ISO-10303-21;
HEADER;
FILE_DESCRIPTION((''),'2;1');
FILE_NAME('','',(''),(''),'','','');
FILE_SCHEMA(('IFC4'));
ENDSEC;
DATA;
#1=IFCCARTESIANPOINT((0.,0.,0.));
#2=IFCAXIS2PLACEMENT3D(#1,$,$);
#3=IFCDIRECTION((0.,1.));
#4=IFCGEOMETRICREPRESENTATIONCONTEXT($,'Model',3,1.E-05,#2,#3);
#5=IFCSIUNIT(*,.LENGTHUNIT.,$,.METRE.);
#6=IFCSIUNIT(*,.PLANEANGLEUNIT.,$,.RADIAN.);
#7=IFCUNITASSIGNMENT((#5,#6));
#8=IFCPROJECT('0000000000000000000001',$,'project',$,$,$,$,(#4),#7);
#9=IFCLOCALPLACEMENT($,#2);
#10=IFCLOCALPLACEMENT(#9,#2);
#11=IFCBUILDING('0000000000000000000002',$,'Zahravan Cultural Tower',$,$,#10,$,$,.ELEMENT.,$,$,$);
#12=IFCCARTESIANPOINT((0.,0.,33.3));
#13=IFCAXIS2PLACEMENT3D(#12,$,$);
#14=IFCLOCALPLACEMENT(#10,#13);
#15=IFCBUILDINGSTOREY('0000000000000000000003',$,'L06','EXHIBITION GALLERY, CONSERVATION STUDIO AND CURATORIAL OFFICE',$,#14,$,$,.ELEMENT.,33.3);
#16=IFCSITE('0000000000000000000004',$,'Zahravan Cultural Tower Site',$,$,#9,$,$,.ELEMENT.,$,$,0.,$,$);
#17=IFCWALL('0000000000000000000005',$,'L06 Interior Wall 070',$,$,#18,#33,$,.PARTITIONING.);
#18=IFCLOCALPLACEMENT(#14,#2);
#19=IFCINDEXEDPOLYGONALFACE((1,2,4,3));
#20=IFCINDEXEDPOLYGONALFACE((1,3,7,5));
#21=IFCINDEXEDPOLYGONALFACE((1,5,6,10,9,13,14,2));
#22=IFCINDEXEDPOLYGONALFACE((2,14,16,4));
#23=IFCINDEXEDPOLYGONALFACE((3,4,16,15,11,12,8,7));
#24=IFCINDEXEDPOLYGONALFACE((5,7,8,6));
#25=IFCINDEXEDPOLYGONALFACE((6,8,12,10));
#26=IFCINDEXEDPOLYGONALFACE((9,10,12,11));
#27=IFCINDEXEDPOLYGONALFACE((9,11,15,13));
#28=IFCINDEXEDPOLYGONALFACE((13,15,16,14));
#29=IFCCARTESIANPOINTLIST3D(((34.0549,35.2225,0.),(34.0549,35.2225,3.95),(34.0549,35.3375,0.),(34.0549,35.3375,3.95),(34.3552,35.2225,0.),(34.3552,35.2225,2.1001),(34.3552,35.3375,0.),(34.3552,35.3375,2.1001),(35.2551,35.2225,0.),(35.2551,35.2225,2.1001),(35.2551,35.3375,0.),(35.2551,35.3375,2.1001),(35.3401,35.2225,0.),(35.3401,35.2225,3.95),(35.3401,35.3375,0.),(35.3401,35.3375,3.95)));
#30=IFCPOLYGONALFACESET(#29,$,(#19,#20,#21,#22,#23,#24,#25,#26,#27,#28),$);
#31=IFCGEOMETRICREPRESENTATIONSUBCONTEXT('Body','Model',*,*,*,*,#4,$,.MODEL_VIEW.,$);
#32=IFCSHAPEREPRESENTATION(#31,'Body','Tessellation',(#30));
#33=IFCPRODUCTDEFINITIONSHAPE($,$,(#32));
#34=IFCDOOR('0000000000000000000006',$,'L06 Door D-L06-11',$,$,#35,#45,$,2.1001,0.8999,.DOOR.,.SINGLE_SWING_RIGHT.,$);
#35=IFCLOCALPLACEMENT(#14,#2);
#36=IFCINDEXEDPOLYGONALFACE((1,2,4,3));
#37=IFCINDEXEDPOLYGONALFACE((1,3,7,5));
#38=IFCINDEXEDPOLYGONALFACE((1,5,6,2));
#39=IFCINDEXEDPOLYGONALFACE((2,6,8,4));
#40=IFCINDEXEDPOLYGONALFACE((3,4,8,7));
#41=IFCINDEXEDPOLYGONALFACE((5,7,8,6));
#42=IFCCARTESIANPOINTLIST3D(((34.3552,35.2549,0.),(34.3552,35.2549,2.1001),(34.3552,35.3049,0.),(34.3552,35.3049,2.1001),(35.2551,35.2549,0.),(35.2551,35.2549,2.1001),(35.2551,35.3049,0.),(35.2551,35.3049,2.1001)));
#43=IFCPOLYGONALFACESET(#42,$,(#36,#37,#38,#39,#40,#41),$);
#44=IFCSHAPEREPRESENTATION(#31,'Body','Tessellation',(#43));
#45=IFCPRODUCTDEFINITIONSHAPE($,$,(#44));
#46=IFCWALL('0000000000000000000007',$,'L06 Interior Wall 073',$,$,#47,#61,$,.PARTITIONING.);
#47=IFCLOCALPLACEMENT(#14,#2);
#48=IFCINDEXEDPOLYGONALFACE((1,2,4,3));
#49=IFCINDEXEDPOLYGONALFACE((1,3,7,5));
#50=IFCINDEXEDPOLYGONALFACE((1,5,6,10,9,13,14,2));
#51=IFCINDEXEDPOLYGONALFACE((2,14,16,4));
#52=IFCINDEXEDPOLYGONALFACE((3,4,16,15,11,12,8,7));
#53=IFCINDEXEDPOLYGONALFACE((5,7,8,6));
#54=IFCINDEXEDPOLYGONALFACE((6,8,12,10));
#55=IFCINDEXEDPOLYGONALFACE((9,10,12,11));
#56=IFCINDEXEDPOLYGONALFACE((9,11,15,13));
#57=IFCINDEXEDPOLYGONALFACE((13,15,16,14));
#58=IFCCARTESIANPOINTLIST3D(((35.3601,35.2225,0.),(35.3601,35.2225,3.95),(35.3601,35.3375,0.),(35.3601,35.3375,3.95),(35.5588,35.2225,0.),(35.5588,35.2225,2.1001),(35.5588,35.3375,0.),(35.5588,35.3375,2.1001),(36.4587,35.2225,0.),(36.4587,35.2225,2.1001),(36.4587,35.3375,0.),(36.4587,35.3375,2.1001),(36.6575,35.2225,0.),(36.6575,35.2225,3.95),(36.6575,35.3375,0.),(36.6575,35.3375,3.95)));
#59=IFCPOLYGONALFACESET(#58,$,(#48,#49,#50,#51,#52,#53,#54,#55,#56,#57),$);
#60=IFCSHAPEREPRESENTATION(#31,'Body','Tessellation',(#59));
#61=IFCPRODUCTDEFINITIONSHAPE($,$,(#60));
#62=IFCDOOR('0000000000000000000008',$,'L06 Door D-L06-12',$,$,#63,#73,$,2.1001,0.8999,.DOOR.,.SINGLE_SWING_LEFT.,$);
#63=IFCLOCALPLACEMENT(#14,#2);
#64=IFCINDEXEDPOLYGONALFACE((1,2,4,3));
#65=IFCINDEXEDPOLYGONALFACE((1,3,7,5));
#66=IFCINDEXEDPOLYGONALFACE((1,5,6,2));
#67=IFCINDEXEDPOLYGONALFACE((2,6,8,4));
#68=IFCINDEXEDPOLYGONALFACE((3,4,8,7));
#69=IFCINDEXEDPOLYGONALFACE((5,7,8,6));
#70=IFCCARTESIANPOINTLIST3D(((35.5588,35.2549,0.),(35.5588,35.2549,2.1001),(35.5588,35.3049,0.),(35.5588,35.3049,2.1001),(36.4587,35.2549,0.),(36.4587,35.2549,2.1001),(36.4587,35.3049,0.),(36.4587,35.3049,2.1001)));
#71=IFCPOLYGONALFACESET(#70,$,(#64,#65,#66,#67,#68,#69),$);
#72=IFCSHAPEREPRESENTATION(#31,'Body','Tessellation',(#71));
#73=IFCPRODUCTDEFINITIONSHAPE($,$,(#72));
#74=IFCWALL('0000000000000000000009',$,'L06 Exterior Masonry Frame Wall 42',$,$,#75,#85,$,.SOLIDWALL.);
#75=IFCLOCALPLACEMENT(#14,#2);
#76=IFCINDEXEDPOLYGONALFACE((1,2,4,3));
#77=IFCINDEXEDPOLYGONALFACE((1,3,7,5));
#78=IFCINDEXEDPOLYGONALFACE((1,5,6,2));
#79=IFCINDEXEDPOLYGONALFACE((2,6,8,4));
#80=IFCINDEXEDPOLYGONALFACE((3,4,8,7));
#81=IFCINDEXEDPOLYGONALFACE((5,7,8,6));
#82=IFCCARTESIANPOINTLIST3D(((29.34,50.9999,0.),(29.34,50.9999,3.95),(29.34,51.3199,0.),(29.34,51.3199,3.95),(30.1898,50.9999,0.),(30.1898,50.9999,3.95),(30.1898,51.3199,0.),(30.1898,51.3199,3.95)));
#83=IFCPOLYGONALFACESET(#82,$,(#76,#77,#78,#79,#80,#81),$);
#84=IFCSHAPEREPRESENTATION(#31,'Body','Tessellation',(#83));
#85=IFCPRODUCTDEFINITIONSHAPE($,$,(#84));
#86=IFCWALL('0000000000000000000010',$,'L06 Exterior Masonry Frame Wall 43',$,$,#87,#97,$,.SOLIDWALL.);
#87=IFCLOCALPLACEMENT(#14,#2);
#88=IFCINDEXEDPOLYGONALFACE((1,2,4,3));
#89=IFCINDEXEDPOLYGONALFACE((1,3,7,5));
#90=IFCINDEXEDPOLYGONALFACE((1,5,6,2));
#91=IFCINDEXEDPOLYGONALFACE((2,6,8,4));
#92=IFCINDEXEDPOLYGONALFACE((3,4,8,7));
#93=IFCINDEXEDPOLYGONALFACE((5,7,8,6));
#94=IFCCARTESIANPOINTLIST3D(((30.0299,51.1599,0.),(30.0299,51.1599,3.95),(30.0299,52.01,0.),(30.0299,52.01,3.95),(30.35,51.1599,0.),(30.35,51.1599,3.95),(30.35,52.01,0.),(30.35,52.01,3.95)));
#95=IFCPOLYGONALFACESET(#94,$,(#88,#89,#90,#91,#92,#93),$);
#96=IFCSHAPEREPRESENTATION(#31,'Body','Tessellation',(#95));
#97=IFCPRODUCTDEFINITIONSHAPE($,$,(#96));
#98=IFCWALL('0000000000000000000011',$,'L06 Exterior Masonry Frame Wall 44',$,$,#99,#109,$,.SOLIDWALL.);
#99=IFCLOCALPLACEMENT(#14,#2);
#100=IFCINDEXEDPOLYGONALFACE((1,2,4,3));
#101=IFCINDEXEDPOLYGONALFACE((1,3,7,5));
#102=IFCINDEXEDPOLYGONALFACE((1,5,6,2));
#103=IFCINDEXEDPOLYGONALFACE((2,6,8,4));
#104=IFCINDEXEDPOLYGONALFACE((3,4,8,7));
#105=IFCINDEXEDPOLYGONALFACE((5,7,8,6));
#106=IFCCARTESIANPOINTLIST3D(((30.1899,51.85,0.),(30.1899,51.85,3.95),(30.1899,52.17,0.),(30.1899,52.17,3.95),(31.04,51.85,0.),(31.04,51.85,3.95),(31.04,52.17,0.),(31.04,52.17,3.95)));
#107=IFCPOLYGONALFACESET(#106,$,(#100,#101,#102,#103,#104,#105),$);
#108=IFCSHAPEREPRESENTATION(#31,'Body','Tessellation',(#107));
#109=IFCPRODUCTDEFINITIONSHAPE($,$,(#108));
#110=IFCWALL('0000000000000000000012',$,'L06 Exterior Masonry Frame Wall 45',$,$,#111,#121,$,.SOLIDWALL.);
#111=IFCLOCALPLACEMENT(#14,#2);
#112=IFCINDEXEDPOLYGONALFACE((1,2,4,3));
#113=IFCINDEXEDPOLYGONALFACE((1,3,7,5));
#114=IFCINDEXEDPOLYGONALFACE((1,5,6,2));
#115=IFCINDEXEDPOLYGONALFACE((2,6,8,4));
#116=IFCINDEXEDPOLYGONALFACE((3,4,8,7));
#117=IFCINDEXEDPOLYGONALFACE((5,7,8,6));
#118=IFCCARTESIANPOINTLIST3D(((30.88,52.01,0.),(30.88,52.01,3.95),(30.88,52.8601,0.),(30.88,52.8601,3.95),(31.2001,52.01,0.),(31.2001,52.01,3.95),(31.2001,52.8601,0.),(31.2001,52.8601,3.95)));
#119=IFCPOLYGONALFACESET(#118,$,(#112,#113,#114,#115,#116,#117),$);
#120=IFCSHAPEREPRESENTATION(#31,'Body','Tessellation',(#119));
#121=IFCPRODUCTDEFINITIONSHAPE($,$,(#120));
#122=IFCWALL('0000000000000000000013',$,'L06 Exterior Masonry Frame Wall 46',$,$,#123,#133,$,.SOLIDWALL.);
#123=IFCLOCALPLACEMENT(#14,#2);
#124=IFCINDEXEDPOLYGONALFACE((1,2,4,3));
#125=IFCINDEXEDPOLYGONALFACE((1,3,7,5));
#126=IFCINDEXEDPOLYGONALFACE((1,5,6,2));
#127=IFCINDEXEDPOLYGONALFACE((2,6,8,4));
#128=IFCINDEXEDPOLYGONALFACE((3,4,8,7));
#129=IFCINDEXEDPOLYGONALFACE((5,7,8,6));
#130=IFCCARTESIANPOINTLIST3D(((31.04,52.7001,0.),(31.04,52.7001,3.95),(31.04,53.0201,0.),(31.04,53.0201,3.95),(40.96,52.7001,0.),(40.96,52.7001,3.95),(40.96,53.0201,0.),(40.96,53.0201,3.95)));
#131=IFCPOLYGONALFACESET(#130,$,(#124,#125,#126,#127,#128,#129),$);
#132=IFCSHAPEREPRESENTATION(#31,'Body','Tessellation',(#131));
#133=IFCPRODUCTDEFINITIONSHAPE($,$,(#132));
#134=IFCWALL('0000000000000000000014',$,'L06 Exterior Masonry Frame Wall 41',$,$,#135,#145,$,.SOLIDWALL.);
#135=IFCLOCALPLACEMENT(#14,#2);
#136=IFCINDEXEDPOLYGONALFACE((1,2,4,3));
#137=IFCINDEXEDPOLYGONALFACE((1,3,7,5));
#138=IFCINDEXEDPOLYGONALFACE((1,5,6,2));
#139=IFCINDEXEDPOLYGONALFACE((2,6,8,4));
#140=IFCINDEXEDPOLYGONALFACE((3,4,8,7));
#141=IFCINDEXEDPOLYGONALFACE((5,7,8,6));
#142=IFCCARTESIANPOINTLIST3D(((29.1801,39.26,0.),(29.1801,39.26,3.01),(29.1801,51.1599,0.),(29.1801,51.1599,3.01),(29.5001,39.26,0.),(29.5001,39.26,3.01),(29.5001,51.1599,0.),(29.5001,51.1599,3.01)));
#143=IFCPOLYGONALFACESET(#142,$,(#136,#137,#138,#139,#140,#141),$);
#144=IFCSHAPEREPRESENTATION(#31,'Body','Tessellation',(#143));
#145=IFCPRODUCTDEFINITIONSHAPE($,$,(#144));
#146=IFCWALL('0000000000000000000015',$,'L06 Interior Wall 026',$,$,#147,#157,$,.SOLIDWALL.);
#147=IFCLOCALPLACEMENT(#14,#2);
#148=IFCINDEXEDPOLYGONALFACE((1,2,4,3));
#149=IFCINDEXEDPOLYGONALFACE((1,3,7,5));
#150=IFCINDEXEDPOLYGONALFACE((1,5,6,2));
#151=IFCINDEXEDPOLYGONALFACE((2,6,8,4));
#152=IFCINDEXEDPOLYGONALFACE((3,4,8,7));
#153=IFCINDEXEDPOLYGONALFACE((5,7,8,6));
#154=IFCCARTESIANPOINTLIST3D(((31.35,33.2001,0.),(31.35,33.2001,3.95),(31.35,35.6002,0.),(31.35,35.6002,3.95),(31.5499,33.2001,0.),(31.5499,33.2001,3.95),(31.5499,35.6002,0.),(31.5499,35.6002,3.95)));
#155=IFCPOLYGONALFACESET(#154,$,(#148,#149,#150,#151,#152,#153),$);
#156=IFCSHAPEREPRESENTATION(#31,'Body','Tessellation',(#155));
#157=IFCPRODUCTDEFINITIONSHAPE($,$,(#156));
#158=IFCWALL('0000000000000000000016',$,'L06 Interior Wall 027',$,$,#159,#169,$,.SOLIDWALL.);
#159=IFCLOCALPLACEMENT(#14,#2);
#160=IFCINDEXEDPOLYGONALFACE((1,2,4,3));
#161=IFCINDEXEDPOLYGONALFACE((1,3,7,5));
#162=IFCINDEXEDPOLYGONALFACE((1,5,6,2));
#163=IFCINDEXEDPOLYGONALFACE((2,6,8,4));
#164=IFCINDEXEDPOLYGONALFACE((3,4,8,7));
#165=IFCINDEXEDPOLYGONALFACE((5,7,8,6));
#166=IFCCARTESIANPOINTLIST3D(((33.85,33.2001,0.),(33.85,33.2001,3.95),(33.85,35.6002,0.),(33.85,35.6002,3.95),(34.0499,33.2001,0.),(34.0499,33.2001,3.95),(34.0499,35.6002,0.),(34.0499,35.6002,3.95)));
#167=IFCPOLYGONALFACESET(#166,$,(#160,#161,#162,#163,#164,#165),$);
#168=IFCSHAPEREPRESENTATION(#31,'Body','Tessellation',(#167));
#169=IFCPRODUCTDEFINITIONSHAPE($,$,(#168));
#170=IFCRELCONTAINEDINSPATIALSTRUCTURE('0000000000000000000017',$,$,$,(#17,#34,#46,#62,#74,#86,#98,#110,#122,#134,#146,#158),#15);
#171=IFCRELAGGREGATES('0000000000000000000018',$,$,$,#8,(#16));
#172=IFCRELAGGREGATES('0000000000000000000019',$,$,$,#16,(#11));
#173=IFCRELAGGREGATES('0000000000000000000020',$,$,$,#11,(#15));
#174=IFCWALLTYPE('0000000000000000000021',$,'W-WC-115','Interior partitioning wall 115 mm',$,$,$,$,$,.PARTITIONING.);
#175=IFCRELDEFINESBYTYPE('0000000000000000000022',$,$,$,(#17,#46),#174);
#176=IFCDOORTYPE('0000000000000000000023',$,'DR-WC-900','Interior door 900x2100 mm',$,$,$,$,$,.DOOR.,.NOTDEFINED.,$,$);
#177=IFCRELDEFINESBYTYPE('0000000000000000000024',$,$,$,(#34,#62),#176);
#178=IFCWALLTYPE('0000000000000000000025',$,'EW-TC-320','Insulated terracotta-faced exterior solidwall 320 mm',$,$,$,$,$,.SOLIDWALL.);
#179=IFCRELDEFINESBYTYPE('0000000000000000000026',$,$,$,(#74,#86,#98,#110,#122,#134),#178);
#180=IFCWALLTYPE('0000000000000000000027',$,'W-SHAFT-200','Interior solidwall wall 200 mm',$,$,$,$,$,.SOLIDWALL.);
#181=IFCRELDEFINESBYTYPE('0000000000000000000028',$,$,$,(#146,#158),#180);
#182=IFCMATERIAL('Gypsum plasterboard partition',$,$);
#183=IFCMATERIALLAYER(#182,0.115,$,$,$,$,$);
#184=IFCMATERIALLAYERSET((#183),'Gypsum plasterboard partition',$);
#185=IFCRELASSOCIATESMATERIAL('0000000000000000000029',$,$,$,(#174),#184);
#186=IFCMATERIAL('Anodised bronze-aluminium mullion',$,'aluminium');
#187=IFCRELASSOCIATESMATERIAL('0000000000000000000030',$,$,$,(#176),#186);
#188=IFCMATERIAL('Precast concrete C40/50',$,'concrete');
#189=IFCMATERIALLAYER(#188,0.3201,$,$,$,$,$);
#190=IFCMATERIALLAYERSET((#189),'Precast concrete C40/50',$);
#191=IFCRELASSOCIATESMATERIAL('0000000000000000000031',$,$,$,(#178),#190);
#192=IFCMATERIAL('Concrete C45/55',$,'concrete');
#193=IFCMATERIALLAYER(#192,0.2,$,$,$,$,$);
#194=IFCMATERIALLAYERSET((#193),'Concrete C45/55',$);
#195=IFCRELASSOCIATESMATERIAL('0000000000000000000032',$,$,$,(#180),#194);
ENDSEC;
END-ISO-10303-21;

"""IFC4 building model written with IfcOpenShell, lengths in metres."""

from ifc_helpers import new_model, si_unit, direction, frame, frame_2d, origin, place, context, subcontext, project, spatial, rectangle, extrude, source, transform, mapped, material, layer, layer_set, type_object, element, fill, save


model = new_model("IFC4")

# Units and contexts
model_context = context("Model", 3, precision=1e-05, world=origin(), true_north=direction((0.0, 1.0)))
body_context = subcontext(model_context, "Body", "Model", "MODEL_VIEW")
ifc_project = project(units=[si_unit("LENGTHUNIT", "METRE"), si_unit("PLANEANGLEUNIT", "RADIAN")], contexts=[model_context])

# Site, building, storey
site_placement = place(None, origin())
site = spatial("IfcSite", under=ifc_project, at=site_placement, Name="Zahravan Cultural Tower Site", CompositionType="ELEMENT", RefElevation=0.0)
building_placement = place(site_placement, origin())
building = spatial("IfcBuilding", under=site, at=building_placement, Name="Zahravan Cultural Tower", CompositionType="ELEMENT")
storey_placement = place(building_placement, frame((0.0, 0.0, 33.3)))
storey = spatial("IfcBuildingStorey", under=building, at=storey_placement, Name="L06", Description="EXHIBITION GALLERY, CONSERVATION STUDIO AND CURATORIAL OFFICE", CompositionType="ELEMENT", Elevation=33.3)

# Walls, openings, doors
ifc_material_1 = material(Name="Gypsum plasterboard partition")
ifc_layer_1 = layer(ifc_material_1, 0.115)
ifc_layer_set_1 = layer_set([ifc_layer_1], Name="Gypsum plasterboard partition")
wall_type_1 = type_object("IfcWallType", Name="W-WC-115", Description="Interior partitioning wall 115 mm", PredefinedType="PARTITIONING", material=ifc_layer_set_1)
wall_1_placement = place(storey_placement, frame((34.0549, 35.28, 0.0), z_axis=(0.0, 0.0, 1.0), x_axis=(1.0, 0.0, 0.0)))
wall_1 = element("IfcWall", 1, at=wall_1_placement, inside=storey, type_object=wall_type_1, Name="L06 Interior Wall 070", PredefinedType="PARTITIONING", context=body_context, shape_type="SweptSolid", body=[
    extrude(rectangle(XDim=1.2852, YDim=0.115, at=frame_2d((0.6426, 0.0))), origin(), (0.0, 0.0, 1.0), 3.95),
])
opening_1_placement = place(wall_1_placement, frame((0.3003, 0.0, 0.0)))
opening_1 = element("IfcOpeningElement", 2, at=opening_1_placement, cuts=wall_1, PredefinedType="OPENING", context=body_context, shape_type="SweptSolid", body=[
    extrude(rectangle(XDim=0.8999, YDim=2.1001, at=frame_2d((0.45, 1.05))), frame((0.0, 0.0674, 0.0), z_axis=(0.0, -1.0, 0.0), x_axis=(1.0, 0.0, 0.0)), (0.0, 0.0, 1.0), 0.135),
])
ifc_material_2 = material(Name="Anodised bronze-aluminium mullion", Category="aluminium")
door_type = type_object("IfcDoorType", Name="DR-WC-900", Description="Interior door 900x2100 mm", OperationType="NOTDEFINED", PredefinedType="DOOR", material=ifc_material_2)
shared_shape_1 = source(origin(), body_context, "Body", "SweptSolid", [
    extrude(rectangle(XDim=0.8999, YDim=2.1001, at=frame_2d((0.45, 1.05))), frame((0.0, 0.0249, 0.0), z_axis=(0.0, -1.0, 0.0), x_axis=(1.0, 0.0, 0.0)), (0.0, 0.0, 1.0), 0.05),
])
door_1_placement = place(opening_1_placement, origin())
door_1 = element("IfcDoor", 3, at=door_1_placement, inside=storey, type_object=door_type, Name="L06 Door D-L06-11", OperationType="SINGLE_SWING_RIGHT", OverallHeight=2.1001, OverallWidth=0.8999, PredefinedType="DOOR", context=body_context, shape_type="MappedRepresentation", body=[
    mapped(shared_shape_1, transform((0.0, 0.0, 0.0), x_axis=(1.0, 0.0, 0.0), y_axis=(0.0, 1.0, 0.0), z_axis=(0.0, 0.0, 1.0), scale=1.0)),
])
fill(opening_1, door_1)
wall_2_placement = place(storey_placement, frame((35.3601, 35.28, 0.0), z_axis=(0.0, 0.0, 1.0), x_axis=(1.0, 0.0, 0.0)))
wall_2 = element("IfcWall", 4, at=wall_2_placement, inside=storey, type_object=wall_type_1, Name="L06 Interior Wall 073", PredefinedType="PARTITIONING", context=body_context, shape_type="SweptSolid", body=[
    extrude(rectangle(XDim=1.2974, YDim=0.115, at=frame_2d((0.6487, 0.0))), origin(), (0.0, 0.0, 1.0), 3.95),
])
opening_2_placement = place(wall_2_placement, frame((0.1987, 0.0, 0.0)))
opening_2 = element("IfcOpeningElement", 5, at=opening_2_placement, cuts=wall_2, PredefinedType="OPENING", context=body_context, shape_type="SweptSolid", body=[
    extrude(rectangle(XDim=0.8999, YDim=2.1001, at=frame_2d((0.45, 1.05))), frame((0.0, 0.0674, 0.0), z_axis=(0.0, -1.0, 0.0), x_axis=(1.0, 0.0, 0.0)), (0.0, 0.0, 1.0), 0.135),
])
door_2_placement = place(opening_2_placement, origin())
door_2 = element("IfcDoor", 6, at=door_2_placement, inside=storey, type_object=door_type, Name="L06 Door D-L06-12", OperationType="SINGLE_SWING_LEFT", OverallHeight=2.1001, OverallWidth=0.8999, PredefinedType="DOOR", context=body_context, shape_type="MappedRepresentation", body=[
    mapped(shared_shape_1, transform((0.0, 0.0, 0.0), x_axis=(1.0, 0.0, 0.0), y_axis=(0.0, 1.0, 0.0), z_axis=(0.0, 0.0, 1.0), scale=1.0)),
])
fill(opening_2, door_2)

# Walls
ifc_material_3 = material(Name="Precast concrete C40/50", Category="concrete")
ifc_layer_2 = layer(ifc_material_3, 0.3201)
ifc_layer_set_2 = layer_set([ifc_layer_2], Name="Precast concrete C40/50")
wall_type_2 = type_object("IfcWallType", Name="EW-TC-320", Description="Insulated terracotta-faced exterior solidwall 320 mm", PredefinedType="SOLIDWALL", material=ifc_layer_set_2)
shared_shape_2 = source(origin(), body_context, "Body", "SweptSolid", [
    extrude(rectangle(XDim=0.8499, YDim=0.3201, at=frame_2d((0.4248, 0.0))), origin(), (0.0, 0.0, 1.0), 3.95),
])
wall_3_placement = place(storey_placement, frame((29.3401, 51.1599, 0.0), z_axis=(0.0, 0.0, 1.0), x_axis=(1.0, 0.0, 0.0)))
element("IfcWall", 7, at=wall_3_placement, inside=storey, type_object=wall_type_2, Name="L06 Exterior Masonry Frame Wall 42", PredefinedType="SOLIDWALL", context=body_context, shape_type="MappedRepresentation", body=[
    mapped(shared_shape_2, transform((0.0, 0.0, 0.0), x_axis=(1.0, 0.0, 0.0), y_axis=(0.0, 1.0, 0.0), z_axis=(0.0, 0.0, 1.0), scale=1.0)),
])
shared_shape_3 = source(origin(), body_context, "Body", "SweptSolid", [
    extrude(rectangle(XDim=0.8501, YDim=0.3201, at=frame_2d((0.425, 0.0))), origin(), (0.0, 0.0, 1.0), 3.95),
])
for number, where, z_axis, x_axis, name in (
    (8, (30.1899, 51.1599, 0.0), (0.0, 0.0, 1.0), (0.0, 1.0, 0.0), "L06 Exterior Masonry Frame Wall 43"),
    (9, (30.1899, 52.01, 0.0), (0.0, 0.0, 1.0), (1.0, 0.0, 0.0), "L06 Exterior Masonry Frame Wall 44"),
    (10, (31.04, 52.01, 0.0), (0.0, 0.0, 1.0), (0.0, 1.0, 0.0), "L06 Exterior Masonry Frame Wall 45"),
):
    element("IfcWall", number, at=place(storey_placement, frame(where, z_axis=z_axis, x_axis=x_axis)), inside=storey, type_object=wall_type_2, Name=name, PredefinedType="SOLIDWALL", context=body_context, shape_type="MappedRepresentation", body=[
        mapped(shared_shape_3, transform((0.0, 0.0, 0.0), x_axis=(1.0, 0.0, 0.0), y_axis=(0.0, 1.0, 0.0), z_axis=(0.0, 0.0, 1.0), scale=1.0)),
    ])
shared_shape_4 = source(origin(), body_context, "Body", "SweptSolid", [
    extrude(rectangle(XDim=9.9199, YDim=0.3201, at=frame_2d((4.96, 0.0))), origin(), (0.0, 0.0, 1.0), 3.95),
])
wall_4_placement = place(storey_placement, frame((31.04, 52.8601, 0.0), z_axis=(0.0, 0.0, 1.0), x_axis=(1.0, 0.0, 0.0)))
element("IfcWall", 11, at=wall_4_placement, inside=storey, type_object=wall_type_2, Name="L06 Exterior Masonry Frame Wall 46", PredefinedType="SOLIDWALL", context=body_context, shape_type="MappedRepresentation", body=[
    mapped(shared_shape_4, transform((0.0, 0.0, 0.0), x_axis=(1.0, 0.0, 0.0), y_axis=(0.0, 1.0, 0.0), z_axis=(0.0, 0.0, 1.0), scale=1.0)),
])
shared_shape_5 = source(origin(), body_context, "Body", "SweptSolid", [
    extrude(rectangle(XDim=11.8999, YDim=0.3201, at=frame_2d((5.95, 0.0))), origin(), (0.0, 0.0, 1.0), 3.01),
])
wall_5_placement = place(storey_placement, frame((29.3401, 39.26, 0.0), z_axis=(0.0, 0.0, 1.0), x_axis=(0.0, 1.0, 0.0)))
element("IfcWall", 12, at=wall_5_placement, inside=storey, type_object=wall_type_2, Name="L06 Exterior Masonry Frame Wall 41", PredefinedType="SOLIDWALL", context=body_context, shape_type="MappedRepresentation", body=[
    mapped(shared_shape_5, transform((0.0, 0.0, 0.0), x_axis=(1.0, 0.0, 0.0), y_axis=(0.0, 1.0, 0.0), z_axis=(0.0, 0.0, 1.0), scale=1.0)),
])
ifc_material_4 = material(Name="Concrete C45/55", Category="concrete")
ifc_layer_3 = layer(ifc_material_4, 0.2)
ifc_layer_set_3 = layer_set([ifc_layer_3], Name="Concrete C45/55")
wall_type_3 = type_object("IfcWallType", Name="W-SHAFT-200", Description="Interior solidwall wall 200 mm", PredefinedType="SOLIDWALL", material=ifc_layer_set_3)
shared_shape_6 = source(origin(), body_context, "Body", "SweptSolid", [
    extrude(rectangle(XDim=2.4001, YDim=0.2, at=frame_2d((1.2002, 0.0))), origin(), (0.0, 0.0, 1.0), 3.95),
])
for number, where, z_axis, x_axis, name in (
    (13, (31.45, 33.2, 0.0), (0.0, 0.0, 1.0), (0.0, 1.0, 0.0), "L06 Interior Wall 026"),
    (14, (33.95, 33.2, 0.0), (0.0, 0.0, 1.0), (0.0, 1.0, 0.0), "L06 Interior Wall 027"),
):
    element("IfcWall", number, at=place(storey_placement, frame(where, z_axis=z_axis, x_axis=x_axis)), inside=storey, type_object=wall_type_3, Name=name, PredefinedType="SOLIDWALL", context=body_context, shape_type="MappedRepresentation", body=[
        mapped(shared_shape_6, transform((0.0, 0.0, 0.0), x_axis=(1.0, 0.0, 0.0), y_axis=(0.0, 1.0, 0.0), z_axis=(0.0, 0.0, 1.0), scale=1.0)),
    ])

save(model, "model.ifc")
